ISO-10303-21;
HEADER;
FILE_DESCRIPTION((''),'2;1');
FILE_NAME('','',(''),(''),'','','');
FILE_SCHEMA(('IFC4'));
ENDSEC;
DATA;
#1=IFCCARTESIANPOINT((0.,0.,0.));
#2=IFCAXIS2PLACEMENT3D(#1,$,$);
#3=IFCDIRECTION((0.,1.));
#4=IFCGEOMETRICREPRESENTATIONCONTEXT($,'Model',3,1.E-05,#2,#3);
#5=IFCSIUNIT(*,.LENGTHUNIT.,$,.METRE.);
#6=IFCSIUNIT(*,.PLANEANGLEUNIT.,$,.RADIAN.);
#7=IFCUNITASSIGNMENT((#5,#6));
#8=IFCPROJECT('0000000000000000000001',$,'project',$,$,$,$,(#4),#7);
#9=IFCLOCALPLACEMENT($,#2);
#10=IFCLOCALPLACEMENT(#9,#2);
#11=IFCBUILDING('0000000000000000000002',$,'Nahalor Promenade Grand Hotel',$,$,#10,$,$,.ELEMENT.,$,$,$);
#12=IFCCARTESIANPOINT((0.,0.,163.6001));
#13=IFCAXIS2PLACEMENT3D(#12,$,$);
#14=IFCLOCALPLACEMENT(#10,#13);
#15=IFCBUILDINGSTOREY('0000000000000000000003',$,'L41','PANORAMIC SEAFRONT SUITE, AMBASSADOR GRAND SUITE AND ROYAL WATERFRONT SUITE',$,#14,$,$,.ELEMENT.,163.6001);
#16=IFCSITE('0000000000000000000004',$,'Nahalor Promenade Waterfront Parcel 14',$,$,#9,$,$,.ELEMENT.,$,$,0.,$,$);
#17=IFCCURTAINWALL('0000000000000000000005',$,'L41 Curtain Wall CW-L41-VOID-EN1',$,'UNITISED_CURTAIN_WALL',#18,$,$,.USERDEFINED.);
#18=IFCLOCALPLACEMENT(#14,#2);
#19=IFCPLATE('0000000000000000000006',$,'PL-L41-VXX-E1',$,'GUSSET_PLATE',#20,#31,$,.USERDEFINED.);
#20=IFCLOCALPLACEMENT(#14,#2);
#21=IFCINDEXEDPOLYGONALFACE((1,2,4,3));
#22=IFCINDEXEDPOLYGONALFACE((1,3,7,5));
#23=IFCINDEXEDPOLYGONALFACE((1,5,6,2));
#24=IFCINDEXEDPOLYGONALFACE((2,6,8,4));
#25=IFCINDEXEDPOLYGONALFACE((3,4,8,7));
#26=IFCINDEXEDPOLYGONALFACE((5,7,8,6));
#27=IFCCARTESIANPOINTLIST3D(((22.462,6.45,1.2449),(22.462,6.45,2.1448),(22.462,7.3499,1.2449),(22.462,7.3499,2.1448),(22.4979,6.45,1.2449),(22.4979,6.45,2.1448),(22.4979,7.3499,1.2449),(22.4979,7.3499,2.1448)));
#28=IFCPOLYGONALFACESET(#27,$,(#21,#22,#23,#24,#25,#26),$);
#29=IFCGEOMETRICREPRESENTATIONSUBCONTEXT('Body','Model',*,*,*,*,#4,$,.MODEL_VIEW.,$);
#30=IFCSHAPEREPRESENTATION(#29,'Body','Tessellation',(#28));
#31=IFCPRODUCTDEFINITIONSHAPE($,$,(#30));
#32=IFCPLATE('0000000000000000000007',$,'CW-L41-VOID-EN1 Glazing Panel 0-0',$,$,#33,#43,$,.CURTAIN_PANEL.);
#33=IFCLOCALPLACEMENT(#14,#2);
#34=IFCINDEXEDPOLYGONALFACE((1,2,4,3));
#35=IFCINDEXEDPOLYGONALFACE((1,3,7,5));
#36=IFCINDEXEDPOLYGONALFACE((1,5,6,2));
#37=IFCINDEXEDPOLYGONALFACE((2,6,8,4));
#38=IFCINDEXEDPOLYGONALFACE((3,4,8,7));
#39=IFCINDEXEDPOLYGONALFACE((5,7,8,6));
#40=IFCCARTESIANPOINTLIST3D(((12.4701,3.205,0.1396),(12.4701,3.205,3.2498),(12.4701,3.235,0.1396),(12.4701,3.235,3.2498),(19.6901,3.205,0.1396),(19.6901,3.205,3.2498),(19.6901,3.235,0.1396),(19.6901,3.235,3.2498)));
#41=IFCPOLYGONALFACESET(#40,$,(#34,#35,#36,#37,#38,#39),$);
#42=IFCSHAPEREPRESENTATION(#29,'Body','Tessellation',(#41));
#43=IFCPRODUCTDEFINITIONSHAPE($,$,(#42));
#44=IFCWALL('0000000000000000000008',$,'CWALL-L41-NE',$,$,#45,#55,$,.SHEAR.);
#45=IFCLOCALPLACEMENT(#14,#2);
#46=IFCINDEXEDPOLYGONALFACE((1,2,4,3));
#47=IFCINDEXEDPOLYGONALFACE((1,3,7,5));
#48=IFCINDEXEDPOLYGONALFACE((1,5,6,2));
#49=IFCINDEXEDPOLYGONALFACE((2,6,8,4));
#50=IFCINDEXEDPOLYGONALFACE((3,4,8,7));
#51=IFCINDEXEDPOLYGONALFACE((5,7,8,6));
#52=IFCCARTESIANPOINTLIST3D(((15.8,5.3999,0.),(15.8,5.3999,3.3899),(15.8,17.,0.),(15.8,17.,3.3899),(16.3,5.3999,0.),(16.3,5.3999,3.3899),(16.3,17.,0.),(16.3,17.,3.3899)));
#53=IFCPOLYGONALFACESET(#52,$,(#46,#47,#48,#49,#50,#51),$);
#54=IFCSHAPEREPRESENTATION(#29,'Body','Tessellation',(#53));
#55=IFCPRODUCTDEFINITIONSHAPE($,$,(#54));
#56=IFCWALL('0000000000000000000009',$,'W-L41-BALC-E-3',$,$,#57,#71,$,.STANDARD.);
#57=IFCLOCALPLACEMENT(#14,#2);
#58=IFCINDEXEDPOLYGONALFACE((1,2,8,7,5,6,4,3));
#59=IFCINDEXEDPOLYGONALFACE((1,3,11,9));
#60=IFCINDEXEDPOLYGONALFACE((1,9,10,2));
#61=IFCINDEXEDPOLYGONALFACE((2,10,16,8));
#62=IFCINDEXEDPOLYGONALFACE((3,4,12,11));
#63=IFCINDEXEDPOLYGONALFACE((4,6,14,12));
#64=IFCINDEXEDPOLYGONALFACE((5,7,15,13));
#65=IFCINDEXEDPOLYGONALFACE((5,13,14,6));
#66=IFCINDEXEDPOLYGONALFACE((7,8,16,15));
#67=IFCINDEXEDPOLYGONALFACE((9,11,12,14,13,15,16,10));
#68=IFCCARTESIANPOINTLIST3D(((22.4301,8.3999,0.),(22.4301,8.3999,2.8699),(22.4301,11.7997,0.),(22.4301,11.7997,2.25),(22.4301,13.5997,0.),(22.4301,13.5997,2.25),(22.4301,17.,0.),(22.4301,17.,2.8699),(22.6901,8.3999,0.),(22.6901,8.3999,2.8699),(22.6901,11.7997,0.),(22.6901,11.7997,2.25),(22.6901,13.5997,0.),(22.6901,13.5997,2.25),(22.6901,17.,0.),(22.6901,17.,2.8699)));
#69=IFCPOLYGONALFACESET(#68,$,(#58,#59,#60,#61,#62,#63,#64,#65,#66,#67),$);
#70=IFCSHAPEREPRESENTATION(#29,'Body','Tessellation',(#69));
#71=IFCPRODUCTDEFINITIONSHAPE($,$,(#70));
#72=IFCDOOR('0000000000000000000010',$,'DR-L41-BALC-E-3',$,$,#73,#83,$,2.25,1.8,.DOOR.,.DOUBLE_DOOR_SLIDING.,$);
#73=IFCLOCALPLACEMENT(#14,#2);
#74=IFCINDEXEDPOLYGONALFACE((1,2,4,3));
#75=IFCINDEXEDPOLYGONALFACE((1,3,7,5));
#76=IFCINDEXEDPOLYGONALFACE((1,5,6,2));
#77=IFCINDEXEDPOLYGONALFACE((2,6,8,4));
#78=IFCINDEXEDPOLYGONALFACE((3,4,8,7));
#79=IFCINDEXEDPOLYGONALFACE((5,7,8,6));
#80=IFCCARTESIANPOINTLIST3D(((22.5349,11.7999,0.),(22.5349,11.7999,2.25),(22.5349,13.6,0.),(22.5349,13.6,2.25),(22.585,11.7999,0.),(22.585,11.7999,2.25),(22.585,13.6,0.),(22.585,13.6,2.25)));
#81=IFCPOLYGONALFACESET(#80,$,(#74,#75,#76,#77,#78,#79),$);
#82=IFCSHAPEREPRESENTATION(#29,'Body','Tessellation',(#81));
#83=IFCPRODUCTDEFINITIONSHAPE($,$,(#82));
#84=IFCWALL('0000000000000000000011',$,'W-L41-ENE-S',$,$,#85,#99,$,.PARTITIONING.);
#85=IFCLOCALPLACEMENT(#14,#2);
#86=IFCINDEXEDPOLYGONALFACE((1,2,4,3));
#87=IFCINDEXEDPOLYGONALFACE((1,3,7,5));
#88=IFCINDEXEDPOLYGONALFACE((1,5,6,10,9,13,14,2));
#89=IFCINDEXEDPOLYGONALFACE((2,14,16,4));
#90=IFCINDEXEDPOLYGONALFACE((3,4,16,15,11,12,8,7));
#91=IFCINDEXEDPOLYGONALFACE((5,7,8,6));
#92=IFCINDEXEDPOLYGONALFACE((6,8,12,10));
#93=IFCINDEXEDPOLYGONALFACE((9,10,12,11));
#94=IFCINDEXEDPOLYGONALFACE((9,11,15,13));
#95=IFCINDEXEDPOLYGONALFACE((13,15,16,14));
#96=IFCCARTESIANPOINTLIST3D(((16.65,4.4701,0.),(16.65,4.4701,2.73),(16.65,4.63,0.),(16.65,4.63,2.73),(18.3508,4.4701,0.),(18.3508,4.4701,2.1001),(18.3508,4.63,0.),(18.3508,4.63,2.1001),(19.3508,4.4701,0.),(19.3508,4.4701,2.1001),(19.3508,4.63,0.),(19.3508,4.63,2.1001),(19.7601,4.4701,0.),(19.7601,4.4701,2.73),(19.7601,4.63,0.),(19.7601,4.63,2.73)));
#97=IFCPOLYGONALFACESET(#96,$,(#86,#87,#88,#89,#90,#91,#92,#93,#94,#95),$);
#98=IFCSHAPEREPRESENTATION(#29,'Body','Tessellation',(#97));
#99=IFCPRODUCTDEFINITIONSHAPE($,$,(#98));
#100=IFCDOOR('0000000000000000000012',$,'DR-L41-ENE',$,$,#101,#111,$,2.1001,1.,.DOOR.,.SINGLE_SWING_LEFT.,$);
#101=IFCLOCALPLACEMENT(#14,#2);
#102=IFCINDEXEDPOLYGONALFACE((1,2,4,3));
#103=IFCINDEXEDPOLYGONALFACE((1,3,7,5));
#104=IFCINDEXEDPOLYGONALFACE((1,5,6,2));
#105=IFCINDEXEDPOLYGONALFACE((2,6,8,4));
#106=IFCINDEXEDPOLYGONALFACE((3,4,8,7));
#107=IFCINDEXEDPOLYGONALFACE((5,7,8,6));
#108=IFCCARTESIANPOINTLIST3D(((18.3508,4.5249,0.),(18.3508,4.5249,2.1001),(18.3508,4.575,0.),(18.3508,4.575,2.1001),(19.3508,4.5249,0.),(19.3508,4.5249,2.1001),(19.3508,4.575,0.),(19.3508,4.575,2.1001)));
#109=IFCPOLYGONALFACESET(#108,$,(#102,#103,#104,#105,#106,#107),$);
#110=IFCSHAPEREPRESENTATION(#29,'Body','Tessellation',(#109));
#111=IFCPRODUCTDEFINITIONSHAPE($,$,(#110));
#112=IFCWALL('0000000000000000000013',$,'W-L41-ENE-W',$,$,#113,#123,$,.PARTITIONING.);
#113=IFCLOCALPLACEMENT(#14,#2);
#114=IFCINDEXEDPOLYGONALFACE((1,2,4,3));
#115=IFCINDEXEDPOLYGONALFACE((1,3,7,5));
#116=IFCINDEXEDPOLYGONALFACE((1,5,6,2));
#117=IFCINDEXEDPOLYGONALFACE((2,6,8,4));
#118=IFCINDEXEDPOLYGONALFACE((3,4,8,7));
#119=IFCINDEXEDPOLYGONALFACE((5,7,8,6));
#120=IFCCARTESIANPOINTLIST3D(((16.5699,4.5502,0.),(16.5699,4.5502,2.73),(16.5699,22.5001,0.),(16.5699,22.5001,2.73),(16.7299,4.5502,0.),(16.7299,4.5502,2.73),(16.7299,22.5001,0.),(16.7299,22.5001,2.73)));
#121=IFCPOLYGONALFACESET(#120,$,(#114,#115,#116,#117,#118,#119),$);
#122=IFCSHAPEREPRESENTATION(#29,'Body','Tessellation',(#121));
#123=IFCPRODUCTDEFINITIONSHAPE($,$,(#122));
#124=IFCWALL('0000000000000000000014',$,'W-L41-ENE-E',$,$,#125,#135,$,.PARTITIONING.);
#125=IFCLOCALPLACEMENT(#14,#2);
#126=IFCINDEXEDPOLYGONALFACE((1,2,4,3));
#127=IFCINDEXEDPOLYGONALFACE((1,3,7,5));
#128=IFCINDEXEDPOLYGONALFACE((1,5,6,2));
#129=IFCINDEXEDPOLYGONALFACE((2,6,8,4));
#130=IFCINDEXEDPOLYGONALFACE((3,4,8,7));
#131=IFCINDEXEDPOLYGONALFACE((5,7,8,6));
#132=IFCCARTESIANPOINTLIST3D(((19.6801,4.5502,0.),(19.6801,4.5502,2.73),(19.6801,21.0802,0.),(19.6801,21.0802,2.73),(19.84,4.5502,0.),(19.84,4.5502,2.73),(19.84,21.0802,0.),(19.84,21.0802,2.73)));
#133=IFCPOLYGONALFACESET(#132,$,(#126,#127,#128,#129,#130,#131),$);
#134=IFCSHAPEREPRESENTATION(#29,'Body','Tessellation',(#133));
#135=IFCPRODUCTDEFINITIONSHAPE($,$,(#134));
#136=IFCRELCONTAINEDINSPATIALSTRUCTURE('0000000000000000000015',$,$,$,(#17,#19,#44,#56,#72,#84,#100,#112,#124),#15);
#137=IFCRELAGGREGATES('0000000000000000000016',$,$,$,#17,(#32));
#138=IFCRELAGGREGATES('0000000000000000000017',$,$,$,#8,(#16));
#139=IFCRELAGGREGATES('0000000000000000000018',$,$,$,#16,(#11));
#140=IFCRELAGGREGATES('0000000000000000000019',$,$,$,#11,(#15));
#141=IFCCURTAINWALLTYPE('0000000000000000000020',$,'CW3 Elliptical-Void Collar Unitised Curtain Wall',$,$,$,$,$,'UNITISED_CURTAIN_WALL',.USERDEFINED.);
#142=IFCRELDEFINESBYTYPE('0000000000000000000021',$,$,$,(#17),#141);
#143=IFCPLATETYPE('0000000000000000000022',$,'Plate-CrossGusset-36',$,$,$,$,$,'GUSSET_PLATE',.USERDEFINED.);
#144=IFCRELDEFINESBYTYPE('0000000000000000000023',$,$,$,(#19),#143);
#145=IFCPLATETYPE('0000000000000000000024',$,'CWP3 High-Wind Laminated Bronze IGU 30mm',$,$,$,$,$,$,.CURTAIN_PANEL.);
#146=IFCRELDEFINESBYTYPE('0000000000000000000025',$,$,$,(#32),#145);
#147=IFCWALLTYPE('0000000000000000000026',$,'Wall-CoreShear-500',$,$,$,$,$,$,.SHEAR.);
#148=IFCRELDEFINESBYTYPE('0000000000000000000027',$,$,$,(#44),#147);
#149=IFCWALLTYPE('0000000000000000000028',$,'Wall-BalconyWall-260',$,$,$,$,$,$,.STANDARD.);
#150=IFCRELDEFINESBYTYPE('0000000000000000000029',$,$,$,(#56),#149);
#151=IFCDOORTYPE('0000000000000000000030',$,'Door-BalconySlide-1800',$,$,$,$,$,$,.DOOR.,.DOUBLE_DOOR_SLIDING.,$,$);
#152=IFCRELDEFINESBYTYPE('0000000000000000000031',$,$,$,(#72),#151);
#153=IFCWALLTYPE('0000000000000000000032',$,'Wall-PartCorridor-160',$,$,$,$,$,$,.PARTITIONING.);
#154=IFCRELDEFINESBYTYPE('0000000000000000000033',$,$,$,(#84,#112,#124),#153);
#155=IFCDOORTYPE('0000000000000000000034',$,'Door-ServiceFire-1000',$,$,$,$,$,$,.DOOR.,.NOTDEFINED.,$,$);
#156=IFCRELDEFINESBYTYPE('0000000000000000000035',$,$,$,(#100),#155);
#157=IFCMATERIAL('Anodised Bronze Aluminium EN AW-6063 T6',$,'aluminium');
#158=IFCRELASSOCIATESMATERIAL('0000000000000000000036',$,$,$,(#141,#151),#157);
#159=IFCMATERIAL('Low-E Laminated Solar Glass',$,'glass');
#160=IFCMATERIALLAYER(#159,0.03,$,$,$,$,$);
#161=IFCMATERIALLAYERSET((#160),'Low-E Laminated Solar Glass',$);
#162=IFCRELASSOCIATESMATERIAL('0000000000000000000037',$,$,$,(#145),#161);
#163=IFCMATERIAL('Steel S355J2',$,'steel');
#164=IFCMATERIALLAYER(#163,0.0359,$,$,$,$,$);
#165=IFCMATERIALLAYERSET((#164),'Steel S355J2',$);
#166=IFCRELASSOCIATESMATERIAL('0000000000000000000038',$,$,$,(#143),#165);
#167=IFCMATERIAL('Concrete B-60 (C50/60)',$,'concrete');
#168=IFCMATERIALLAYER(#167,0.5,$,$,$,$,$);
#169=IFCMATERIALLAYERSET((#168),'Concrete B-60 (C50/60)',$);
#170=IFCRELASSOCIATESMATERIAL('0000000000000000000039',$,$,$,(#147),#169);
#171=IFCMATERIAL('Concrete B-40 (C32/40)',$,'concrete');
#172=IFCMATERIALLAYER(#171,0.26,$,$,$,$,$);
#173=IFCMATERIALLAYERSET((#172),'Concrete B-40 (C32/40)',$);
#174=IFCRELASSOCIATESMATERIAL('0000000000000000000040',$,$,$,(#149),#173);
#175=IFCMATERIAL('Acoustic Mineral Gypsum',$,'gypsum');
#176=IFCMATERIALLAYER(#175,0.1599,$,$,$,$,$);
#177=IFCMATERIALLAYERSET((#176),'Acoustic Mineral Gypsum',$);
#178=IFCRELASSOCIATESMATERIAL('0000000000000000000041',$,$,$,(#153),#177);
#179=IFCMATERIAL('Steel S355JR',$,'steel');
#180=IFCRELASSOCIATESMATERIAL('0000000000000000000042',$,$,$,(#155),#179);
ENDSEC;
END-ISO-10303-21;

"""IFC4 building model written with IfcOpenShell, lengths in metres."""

from ifc_helpers import new_model, si_unit, direction, frame, frame_2d, origin, origin_2d, place, context, subcontext, project, spatial, rectangle, extrude, source, transform, mapped, material, layer, layer_set, type_object, element, fill, aggregate, save


model = new_model("IFC4")

# Units and contexts
model_context = context("Model", 3, precision=1e-05, world=origin(), true_north=direction((0.0, 1.0)))
body_context = subcontext(model_context, "Body", "Model", "MODEL_VIEW")
ifc_project = project(units=[si_unit("LENGTHUNIT", "METRE"), si_unit("PLANEANGLEUNIT", "RADIAN")], contexts=[model_context])

# Site, building, storey
site_placement = place(None, origin())
site = spatial("IfcSite", under=ifc_project, at=site_placement, Name="Nahalor Promenade Waterfront Parcel 14", CompositionType="ELEMENT", RefElevation=0.0)
building_placement = place(site_placement, origin())
building = spatial("IfcBuilding", under=site, at=building_placement, Name="Nahalor Promenade Grand Hotel", CompositionType="ELEMENT")
storey_placement = place(building_placement, frame((0.0, 0.0, 163.6001)))
storey = spatial("IfcBuildingStorey", under=building, at=storey_placement, Name="L41", Description="PANORAMIC SEAFRONT SUITE, AMBASSADOR GRAND SUITE AND ROYAL WATERFRONT SUITE", CompositionType="ELEMENT", Elevation=163.6001)

# Shared definitions
ifc_material_1 = material(Name="Steel S355J2", Category="steel")

# Shared definitions
ifc_material_2 = material(Name="Steel S355JR", Category="steel")

# Shared definitions
ifc_material_3 = material(Name="Anodised Bronze Aluminium EN AW-6063 T6", Category="aluminium")
curtain_wall_type = type_object("IfcCurtainWallType", Name="CW3 Elliptical-Void Collar Unitised Curtain Wall", ElementType="UNITISED_CURTAIN_WALL", PredefinedType="USERDEFINED", material=ifc_material_3)

# Curtain wall
curtain_wall_1_placement = place(storey_placement, origin())
curtain_wall_1 = element("IfcCurtainWall", 1, at=curtain_wall_1_placement, inside=storey, type_object=curtain_wall_type, Name="L41 Curtain Wall CW-L41-VOID-EN1", ObjectType="UNITISED_CURTAIN_WALL", PredefinedType="USERDEFINED")

# Plates
ifc_material_4 = material(Name="Low-E Laminated Solar Glass", Category="glass")
ifc_layer_1 = layer(ifc_material_4, 0.03)
ifc_layer_set_1 = layer_set([ifc_layer_1], Name="Low-E Laminated Solar Glass")
plate_type_1 = type_object("IfcPlateType", Name="CWP3 High-Wind Laminated Bronze IGU 30mm", PredefinedType="CURTAIN_PANEL", material=ifc_layer_set_1)
ifc_layer_2 = layer(ifc_material_1, 0.0359)
ifc_layer_set_2 = layer_set([ifc_layer_2], Name="Steel S355J2")
plate_type_2 = type_object("IfcPlateType", Name="Plate-CrossGusset-36", ElementType="GUSSET_PLATE", PredefinedType="USERDEFINED", material=ifc_layer_set_2)
shared_shape_1 = source(origin(), body_context, "Body", "SweptSolid", [
    extrude(rectangle(XDim=0.8999, YDim=0.0359, at=origin_2d()), origin(), (0.0, 0.0, 1.0), 0.8999),
])
plate_1_placement = place(storey_placement, frame((22.48, 6.8999, 1.2449), z_axis=(0.0, 0.0, 1.0), x_axis=(0.0, 1.0, 0.0)))
element("IfcPlate", 2, at=plate_1_placement, inside=storey, type_object=plate_type_2, Name="PL-L41-VXX-E1", ObjectType="GUSSET_PLATE", PredefinedType="USERDEFINED", context=body_context, shape_type="MappedRepresentation", body=[
    mapped(shared_shape_1, transform((0.0, 0.0, 0.0), scale=1.0)),
])
shared_shape_2 = source(origin(), body_context, "Body", "SweptSolid", [
    extrude(rectangle(XDim=7.22, YDim=0.03, at=origin_2d()), origin(), (0.0, 0.0, 1.0), 3.1101),
])
plate_2_placement = place(storey_placement, frame((16.0801, 3.22, 0.1396), z_axis=(0.0, 0.0, 1.0), x_axis=(1.0, 0.0, 0.0)))
plate_2 = element("IfcPlate", 3, at=plate_2_placement, type_object=plate_type_1, Name="CW-L41-VOID-EN1 Glazing Panel 0-0", PredefinedType="CURTAIN_PANEL", context=body_context, shape_type="MappedRepresentation", body=[
    mapped(shared_shape_2, transform((0.0, 0.0, 0.0), scale=1.0)),
])
aggregate(curtain_wall_1, [plate_2])

# Wall
ifc_material_5 = material(Name="Concrete B-60 (C50/60)", Category="concrete")
ifc_layer_3 = layer(ifc_material_5, 0.5)
ifc_layer_set_3 = layer_set([ifc_layer_3], Name="Concrete B-60 (C50/60)")
wall_type_1 = type_object("IfcWallType", Name="Wall-CoreShear-500", PredefinedType="SHEAR", material=ifc_layer_set_3)
shared_shape_3 = source(origin(), body_context, "Body", "SweptSolid", [
    extrude(rectangle(XDim=11.6001, YDim=0.5, at=frame_2d((5.8, 0.0))), origin(), (0.0, 0.0, 1.0), 3.3899),
])
wall_1_placement = place(storey_placement, frame((16.05, 5.3999, 0.0), z_axis=(0.0, 0.0, 1.0), x_axis=(0.0, 1.0, 0.0)))
element("IfcWall", 4, at=wall_1_placement, inside=storey, type_object=wall_type_1, Name="CWALL-L41-NE", PredefinedType="SHEAR", context=body_context, shape_type="MappedRepresentation", body=[
    mapped(shared_shape_3, transform((0.0, 0.0, 0.0), scale=1.0)),
])

# Walls, openings, doors
ifc_material_6 = material(Name="Concrete B-40 (C32/40)", Category="concrete")
ifc_layer_4 = layer(ifc_material_6, 0.26)
ifc_layer_set_4 = layer_set([ifc_layer_4], Name="Concrete B-40 (C32/40)")
wall_type_2 = type_object("IfcWallType", Name="Wall-BalconyWall-260", PredefinedType="STANDARD", material=ifc_layer_set_4)
shared_shape_4 = source(origin(), body_context, "Body", "SweptSolid", [
    extrude(rectangle(XDim=8.6001, YDim=0.26, at=frame_2d((4.3, 0.0))), origin(), (0.0, 0.0, 1.0), 2.8699),
])
wall_2_placement = place(storey_placement, frame((22.5601, 8.3999, 0.0), z_axis=(0.0, 0.0, 1.0), x_axis=(0.0, 1.0, 0.0)))
wall_2 = element("IfcWall", 5, at=wall_2_placement, inside=storey, type_object=wall_type_2, Name="W-L41-BALC-E-3", PredefinedType="STANDARD", context=body_context, shape_type="MappedRepresentation", body=[
    mapped(shared_shape_4, transform((0.0, 0.0, 0.0), scale=1.0)),
])
opening_1_placement = place(wall_2_placement, frame((3.3999, 0.0, 0.0)))
opening_1 = element("IfcOpeningElement", 6, at=opening_1_placement, cuts=wall_2, PredefinedType="OPENING", context=body_context, shape_type="SweptSolid", body=[
    extrude(rectangle(XDim=1.8, YDim=2.25, at=frame_2d((0.8999, 1.125))), frame((0.0, 0.1399, 0.0), z_axis=(0.0, -1.0, 0.0), x_axis=(1.0, 0.0, 0.0)), (0.0, 0.0, 1.0), 0.28),
])
door_type_1 = type_object("IfcDoorType", Name="Door-BalconySlide-1800", OperationType="DOUBLE_DOOR_SLIDING", PredefinedType="DOOR", material=ifc_material_3)
shared_shape_5 = source(origin(), body_context, "Body", "SweptSolid", [
    extrude(rectangle(XDim=1.8, YDim=2.25, at=frame_2d((0.8999, 1.125))), frame((0.0, 0.0249, 0.0), z_axis=(0.0, -1.0, 0.0), x_axis=(1.0, 0.0, 0.0)), (0.0, 0.0, 1.0), 0.05),
])
door_1_placement = place(opening_1_placement, frame((1.8, 0.0, 0.0), z_axis=(0.0, 0.0, 1.0), x_axis=(-1.0, 0.0, 0.0)))
door_1 = element("IfcDoor", 7, at=door_1_placement, inside=storey, type_object=door_type_1, Name="DR-L41-BALC-E-3", OperationType="DOUBLE_DOOR_SLIDING", OverallHeight=2.25, OverallWidth=1.8, PredefinedType="DOOR", context=body_context, shape_type="MappedRepresentation", body=[
    mapped(shared_shape_5, transform((0.0, 0.0, 0.0), scale=1.0)),
])
fill(opening_1, door_1)
ifc_material_7 = material(Name="Acoustic Mineral Gypsum", Category="gypsum")
ifc_layer_5 = layer(ifc_material_7, 0.1599)
ifc_layer_set_5 = layer_set([ifc_layer_5], Name="Acoustic Mineral Gypsum")
wall_type_3 = type_object("IfcWallType", Name="Wall-PartCorridor-160", PredefinedType="PARTITIONING", material=ifc_layer_set_5)
shared_shape_6 = source(origin(), body_context, "Body", "SweptSolid", [
    extrude(rectangle(XDim=3.1101, YDim=0.1599, at=frame_2d((1.5552, 0.0))), origin(), (0.0, 0.0, 1.0), 2.73),
])
wall_3_placement = place(storey_placement, frame((16.6499, 4.55, 0.0), z_axis=(0.0, 0.0, 1.0), x_axis=(1.0, 0.0, 0.0)))
wall_3 = element("IfcWall", 8, at=wall_3_placement, inside=storey, type_object=wall_type_3, Name="W-L41-ENE-S", PredefinedType="PARTITIONING", context=body_context, shape_type="MappedRepresentation", body=[
    mapped(shared_shape_6, transform((0.0, 0.0, 0.0), scale=1.0)),
])
opening_2_placement = place(wall_3_placement, frame((1.7009, 0.0, 0.0)))
opening_2 = element("IfcOpeningElement", 9, at=opening_2_placement, cuts=wall_3, PredefinedType="OPENING", context=body_context, shape_type="SweptSolid", body=[
    extrude(rectangle(XDim=1.0, YDim=2.1001, at=frame_2d((0.5, 1.05))), frame((0.0, 0.0898, 0.0), z_axis=(0.0, -1.0, 0.0), x_axis=(1.0, 0.0, 0.0)), (0.0, 0.0, 1.0), 0.1799),
])
door_type_2 = type_object("IfcDoorType", Name="Door-ServiceFire-1000", OperationType="NOTDEFINED", PredefinedType="DOOR", material=ifc_material_2)
shared_shape_7 = source(origin(), body_context, "Body", "SweptSolid", [
    extrude(rectangle(XDim=1.0, YDim=2.1001, at=frame_2d((0.5, 1.05))), frame((0.0, 0.0249, 0.0), z_axis=(0.0, -1.0, 0.0), x_axis=(1.0, 0.0, 0.0)), (0.0, 0.0, 1.0), 0.05),
])
door_2_placement = place(opening_2_placement, origin())
door_2 = element("IfcDoor", 10, at=door_2_placement, inside=storey, type_object=door_type_2, Name="DR-L41-ENE", OperationType="SINGLE_SWING_LEFT", OverallHeight=2.1001, OverallWidth=1.0, PredefinedType="DOOR", context=body_context, shape_type="MappedRepresentation", body=[
    mapped(shared_shape_7, transform((0.0, 0.0, 0.0), scale=1.0)),
])
fill(opening_2, door_2)

# Walls
shared_shape_8 = source(origin(), body_context, "Body", "SweptSolid", [
    extrude(rectangle(XDim=17.95, YDim=0.1599, at=frame_2d((8.9751, 0.0))), origin(), (0.0, 0.0, 1.0), 2.73),
])
wall_4_placement = place(storey_placement, frame((16.6499, 4.55, 0.0), z_axis=(0.0, 0.0, 1.0), x_axis=(0.0, 1.0, 0.0)))
element("IfcWall", 11, at=wall_4_placement, inside=storey, type_object=wall_type_3, Name="W-L41-ENE-W", PredefinedType="PARTITIONING", context=body_context, shape_type="MappedRepresentation", body=[
    mapped(shared_shape_8, transform((0.0, 0.0, 0.0), scale=1.0)),
])
shared_shape_9 = source(origin(), body_context, "Body", "SweptSolid", [
    extrude(rectangle(XDim=16.53, YDim=0.1599, at=frame_2d((8.2651, 0.0))), origin(), (0.0, 0.0, 1.0), 2.73),
])
wall_5_placement = place(storey_placement, frame((19.76, 4.55, 0.0), z_axis=(0.0, 0.0, 1.0), x_axis=(0.0, 1.0, 0.0)))
element("IfcWall", 12, at=wall_5_placement, inside=storey, type_object=wall_type_3, Name="W-L41-ENE-E", PredefinedType="PARTITIONING", context=body_context, shape_type="MappedRepresentation", body=[
    mapped(shared_shape_9, transform((0.0, 0.0, 0.0), scale=1.0)),
])

save(model, "model.ifc")
